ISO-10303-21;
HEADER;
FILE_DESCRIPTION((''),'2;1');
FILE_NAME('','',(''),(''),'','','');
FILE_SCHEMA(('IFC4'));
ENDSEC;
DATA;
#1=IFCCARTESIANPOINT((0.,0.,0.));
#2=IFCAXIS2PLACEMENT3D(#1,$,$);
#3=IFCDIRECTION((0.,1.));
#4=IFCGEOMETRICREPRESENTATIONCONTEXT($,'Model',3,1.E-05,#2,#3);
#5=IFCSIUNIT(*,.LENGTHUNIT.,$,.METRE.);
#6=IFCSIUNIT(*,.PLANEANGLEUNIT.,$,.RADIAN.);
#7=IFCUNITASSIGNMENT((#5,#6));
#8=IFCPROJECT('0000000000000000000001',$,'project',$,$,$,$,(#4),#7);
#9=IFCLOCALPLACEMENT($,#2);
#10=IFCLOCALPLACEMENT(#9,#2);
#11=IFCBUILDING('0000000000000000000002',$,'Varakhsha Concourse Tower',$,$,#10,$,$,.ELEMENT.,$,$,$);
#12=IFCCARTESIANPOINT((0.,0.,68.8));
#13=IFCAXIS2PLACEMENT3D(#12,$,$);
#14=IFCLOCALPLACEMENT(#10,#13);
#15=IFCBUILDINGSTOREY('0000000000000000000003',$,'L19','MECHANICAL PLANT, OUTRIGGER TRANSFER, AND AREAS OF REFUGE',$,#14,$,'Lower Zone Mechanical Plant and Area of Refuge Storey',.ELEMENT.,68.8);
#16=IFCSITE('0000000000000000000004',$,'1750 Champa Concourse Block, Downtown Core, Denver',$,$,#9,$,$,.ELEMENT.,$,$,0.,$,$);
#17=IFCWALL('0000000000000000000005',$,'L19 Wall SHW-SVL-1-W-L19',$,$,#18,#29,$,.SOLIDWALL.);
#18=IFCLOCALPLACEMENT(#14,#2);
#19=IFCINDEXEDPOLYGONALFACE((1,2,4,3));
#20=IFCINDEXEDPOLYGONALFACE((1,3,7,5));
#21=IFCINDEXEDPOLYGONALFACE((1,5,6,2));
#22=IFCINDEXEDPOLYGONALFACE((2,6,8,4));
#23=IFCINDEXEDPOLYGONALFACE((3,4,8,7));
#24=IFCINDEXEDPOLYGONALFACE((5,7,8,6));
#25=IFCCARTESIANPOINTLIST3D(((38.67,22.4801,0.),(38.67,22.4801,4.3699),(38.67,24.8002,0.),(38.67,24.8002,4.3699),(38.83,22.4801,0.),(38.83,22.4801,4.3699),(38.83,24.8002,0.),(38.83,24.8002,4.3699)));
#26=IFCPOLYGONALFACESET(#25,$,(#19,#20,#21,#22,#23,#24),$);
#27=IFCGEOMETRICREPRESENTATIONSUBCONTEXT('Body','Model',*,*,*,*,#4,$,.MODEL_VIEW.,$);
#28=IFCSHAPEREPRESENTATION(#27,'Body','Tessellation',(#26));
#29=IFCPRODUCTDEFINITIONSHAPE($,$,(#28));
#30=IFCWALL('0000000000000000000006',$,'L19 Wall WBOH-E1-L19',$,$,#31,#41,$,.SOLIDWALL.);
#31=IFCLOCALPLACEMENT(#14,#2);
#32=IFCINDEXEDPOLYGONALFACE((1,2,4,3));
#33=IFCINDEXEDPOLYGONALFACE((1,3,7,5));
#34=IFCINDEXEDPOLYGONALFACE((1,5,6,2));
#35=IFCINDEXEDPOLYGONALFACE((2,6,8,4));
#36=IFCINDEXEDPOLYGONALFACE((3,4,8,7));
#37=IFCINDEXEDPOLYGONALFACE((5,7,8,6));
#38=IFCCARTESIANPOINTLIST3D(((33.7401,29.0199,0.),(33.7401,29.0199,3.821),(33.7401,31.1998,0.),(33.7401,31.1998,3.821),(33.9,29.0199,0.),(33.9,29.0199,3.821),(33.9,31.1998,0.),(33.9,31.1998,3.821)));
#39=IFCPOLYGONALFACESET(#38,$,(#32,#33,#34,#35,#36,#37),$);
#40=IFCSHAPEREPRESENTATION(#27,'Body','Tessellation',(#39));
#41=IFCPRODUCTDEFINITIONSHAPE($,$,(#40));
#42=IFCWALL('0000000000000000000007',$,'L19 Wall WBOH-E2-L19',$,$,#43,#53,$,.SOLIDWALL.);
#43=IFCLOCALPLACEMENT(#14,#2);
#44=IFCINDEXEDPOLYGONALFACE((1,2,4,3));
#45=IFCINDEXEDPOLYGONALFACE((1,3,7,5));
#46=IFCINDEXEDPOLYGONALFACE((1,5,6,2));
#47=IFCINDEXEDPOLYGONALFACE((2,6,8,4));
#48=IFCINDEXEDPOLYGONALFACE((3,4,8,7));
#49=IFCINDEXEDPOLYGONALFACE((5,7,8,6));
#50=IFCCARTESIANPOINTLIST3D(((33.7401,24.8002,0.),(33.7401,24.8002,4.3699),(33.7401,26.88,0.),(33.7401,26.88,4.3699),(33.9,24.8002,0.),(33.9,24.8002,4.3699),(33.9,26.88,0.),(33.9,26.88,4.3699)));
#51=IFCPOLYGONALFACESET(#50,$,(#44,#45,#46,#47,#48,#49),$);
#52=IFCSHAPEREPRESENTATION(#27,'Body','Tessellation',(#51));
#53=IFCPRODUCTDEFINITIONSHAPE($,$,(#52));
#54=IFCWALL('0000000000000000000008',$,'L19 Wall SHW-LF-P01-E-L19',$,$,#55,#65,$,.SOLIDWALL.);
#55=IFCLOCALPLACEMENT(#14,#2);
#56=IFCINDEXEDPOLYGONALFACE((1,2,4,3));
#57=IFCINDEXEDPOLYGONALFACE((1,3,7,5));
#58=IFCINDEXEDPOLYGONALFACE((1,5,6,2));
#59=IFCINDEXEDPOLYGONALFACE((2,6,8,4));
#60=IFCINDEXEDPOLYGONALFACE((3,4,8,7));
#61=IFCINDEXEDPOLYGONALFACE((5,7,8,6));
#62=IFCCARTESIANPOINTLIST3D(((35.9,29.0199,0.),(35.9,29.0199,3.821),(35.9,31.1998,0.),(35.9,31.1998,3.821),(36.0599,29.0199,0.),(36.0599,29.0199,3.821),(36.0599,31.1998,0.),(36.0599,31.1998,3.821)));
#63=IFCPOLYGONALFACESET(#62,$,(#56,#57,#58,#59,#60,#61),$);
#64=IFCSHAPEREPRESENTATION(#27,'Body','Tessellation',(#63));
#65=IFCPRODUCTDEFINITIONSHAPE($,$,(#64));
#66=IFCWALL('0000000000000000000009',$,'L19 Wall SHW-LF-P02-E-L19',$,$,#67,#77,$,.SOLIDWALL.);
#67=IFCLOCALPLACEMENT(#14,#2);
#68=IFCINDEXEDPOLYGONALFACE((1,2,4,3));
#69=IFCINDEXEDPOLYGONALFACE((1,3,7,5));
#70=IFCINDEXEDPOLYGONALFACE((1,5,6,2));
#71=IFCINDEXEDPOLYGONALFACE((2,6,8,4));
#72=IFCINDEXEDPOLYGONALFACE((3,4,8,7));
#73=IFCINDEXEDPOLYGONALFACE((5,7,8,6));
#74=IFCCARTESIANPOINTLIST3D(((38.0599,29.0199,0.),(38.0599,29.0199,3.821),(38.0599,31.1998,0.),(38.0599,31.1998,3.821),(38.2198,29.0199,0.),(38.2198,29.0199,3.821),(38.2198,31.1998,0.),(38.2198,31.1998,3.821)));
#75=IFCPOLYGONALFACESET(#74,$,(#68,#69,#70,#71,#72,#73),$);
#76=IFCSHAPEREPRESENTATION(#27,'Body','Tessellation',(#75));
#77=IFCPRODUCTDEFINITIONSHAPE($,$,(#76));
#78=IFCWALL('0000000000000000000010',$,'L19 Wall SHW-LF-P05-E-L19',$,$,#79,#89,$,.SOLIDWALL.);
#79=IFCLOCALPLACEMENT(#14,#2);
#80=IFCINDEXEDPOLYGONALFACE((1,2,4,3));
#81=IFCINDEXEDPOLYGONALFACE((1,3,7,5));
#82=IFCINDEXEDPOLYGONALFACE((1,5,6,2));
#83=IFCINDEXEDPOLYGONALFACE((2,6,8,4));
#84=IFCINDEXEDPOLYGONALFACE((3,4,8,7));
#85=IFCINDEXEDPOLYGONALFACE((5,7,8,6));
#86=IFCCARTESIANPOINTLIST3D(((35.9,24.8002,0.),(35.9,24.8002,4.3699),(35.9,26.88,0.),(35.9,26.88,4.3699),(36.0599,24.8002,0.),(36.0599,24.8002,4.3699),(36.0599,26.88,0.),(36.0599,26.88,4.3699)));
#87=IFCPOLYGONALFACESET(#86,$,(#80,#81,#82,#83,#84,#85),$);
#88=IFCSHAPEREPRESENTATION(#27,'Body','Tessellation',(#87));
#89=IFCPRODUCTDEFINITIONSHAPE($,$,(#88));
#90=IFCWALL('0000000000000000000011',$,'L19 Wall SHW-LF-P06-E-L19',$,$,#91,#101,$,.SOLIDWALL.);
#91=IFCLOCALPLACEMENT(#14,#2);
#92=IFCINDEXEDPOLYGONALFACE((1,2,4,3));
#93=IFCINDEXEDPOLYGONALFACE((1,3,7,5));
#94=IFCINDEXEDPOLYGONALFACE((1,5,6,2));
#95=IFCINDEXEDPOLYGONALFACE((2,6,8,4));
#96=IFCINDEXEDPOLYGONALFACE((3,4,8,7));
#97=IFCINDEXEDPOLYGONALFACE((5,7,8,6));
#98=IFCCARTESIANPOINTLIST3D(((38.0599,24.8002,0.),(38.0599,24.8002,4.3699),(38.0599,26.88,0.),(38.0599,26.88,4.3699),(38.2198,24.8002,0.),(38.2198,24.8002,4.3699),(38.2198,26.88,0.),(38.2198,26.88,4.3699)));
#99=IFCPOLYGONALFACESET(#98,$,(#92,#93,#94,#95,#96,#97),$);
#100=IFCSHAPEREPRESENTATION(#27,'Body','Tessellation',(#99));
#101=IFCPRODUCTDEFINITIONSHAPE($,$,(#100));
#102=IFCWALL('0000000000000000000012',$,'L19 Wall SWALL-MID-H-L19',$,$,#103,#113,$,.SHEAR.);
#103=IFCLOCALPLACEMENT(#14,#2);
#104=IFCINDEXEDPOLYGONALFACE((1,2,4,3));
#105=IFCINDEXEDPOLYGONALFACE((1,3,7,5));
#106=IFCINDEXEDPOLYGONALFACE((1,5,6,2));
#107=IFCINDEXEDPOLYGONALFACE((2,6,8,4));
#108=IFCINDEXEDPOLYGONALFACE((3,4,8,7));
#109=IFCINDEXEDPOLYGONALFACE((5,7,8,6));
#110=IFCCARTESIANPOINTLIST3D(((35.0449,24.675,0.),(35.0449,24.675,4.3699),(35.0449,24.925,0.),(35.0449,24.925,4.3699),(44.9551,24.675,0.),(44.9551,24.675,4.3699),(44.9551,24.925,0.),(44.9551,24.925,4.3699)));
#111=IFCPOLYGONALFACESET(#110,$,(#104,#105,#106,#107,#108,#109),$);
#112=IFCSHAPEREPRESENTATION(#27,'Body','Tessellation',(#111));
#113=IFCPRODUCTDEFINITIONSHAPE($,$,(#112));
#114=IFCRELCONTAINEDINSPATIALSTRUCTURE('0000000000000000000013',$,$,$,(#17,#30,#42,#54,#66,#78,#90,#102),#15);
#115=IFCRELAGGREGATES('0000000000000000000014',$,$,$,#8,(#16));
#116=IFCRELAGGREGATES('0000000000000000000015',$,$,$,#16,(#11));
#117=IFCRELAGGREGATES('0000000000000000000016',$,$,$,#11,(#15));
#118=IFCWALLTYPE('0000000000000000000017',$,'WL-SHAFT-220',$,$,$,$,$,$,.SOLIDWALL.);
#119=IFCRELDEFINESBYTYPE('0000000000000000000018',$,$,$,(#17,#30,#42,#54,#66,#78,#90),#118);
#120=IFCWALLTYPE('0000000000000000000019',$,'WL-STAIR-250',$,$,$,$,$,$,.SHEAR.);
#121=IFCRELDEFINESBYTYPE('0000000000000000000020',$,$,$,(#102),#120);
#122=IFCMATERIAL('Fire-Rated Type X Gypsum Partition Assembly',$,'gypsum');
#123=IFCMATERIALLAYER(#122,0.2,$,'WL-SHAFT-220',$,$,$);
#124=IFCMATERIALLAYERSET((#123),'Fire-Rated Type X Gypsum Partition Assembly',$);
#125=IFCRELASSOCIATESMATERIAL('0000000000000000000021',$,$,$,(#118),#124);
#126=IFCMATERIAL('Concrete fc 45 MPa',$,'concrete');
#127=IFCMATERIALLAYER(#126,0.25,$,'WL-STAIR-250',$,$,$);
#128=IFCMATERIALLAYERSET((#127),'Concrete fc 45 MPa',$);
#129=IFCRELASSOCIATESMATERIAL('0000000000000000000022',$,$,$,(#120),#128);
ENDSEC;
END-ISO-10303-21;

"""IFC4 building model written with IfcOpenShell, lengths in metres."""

from ifc_helpers import new_model, si_unit, direction, frame, frame_2d, origin, place, context, subcontext, project, spatial, rectangle, extrude, material, layer, layer_set, type_object, element, save


model = new_model("IFC4")

# Units and contexts
model_context = context("Model", 3, precision=1e-05, world=origin(), true_north=direction((0.0, 1.0)))
body_context = subcontext(model_context, "Body", "Model", "MODEL_VIEW")
ifc_project = project(units=[si_unit("LENGTHUNIT", "METRE"), si_unit("PLANEANGLEUNIT", "RADIAN")], contexts=[model_context])

# Site, building, storey
site_placement = place(None, origin())
site = spatial("IfcSite", under=ifc_project, at=site_placement, Name="1750 Champa Concourse Block, Downtown Core, Denver", CompositionType="ELEMENT", RefElevation=0.0)
building_placement = place(site_placement, origin())
building = spatial("IfcBuilding", under=site, at=building_placement, Name="Varakhsha Concourse Tower", CompositionType="ELEMENT")
storey_placement = place(building_placement, frame((0.0, 0.0, 68.8)))
storey = spatial("IfcBuildingStorey", under=building, at=storey_placement, Name="L19", Description="MECHANICAL PLANT, OUTRIGGER TRANSFER, AND AREAS OF REFUGE", LongName="Lower Zone Mechanical Plant and Area of Refuge Storey", CompositionType="ELEMENT", Elevation=68.8)

# Shared definitions
ifc_material_1 = material(Name="Fire-Rated Type X Gypsum Partition Assembly", Category="gypsum")

# Shared definitions
ifc_layer_1 = layer(ifc_material_1, 0.2, Name="WL-SHAFT-220")
ifc_layer_set_1 = layer_set([ifc_layer_1], Name="Fire-Rated Type X Gypsum Partition Assembly")
wall_type_1 = type_object("IfcWallType", Name="WL-SHAFT-220", PredefinedType="SOLIDWALL", material=ifc_layer_set_1)

# Wall
for number, where, z_axis, x_axis, name in (
    (1, (38.75, 22.48, 0.0), (0.0, 0.0, 1.0), (0.0, 1.0, 0.0), "L19 Wall SHW-SVL-1-W-L19"),
):
    element("IfcWall", number, at=place(storey_placement, frame(where, z_axis=z_axis, x_axis=x_axis)), inside=storey, type_object=wall_type_1, Name=name, PredefinedType="SOLIDWALL", context=body_context, shape_type="SweptSolid", body=[
        extrude(rectangle(XDim=2.3201, YDim=0.1599, at=frame_2d((1.1602, 0.0))), origin(), (0.0, 0.0, 1.0), 4.3699),
    ])

# Walls
wall_1_placement = place(storey_placement, frame((33.8201, 29.02, 0.0), z_axis=(0.0, 0.0, 1.0), x_axis=(0.0, 1.0, 0.0)))
element("IfcWall", 2, at=wall_1_placement, inside=storey, type_object=wall_type_1, Name="L19 Wall WBOH-E1-L19", PredefinedType="SOLIDWALL", context=body_context, shape_type="SweptSolid", body=[
    extrude(rectangle(XDim=2.1799, YDim=0.1599, at=frame_2d((1.0898, 0.0))), origin(), (0.0, 0.0, 1.0), 3.821),
])
wall_2_placement = place(storey_placement, frame((33.8201, 24.8, 0.0), z_axis=(0.0, 0.0, 1.0), x_axis=(0.0, 1.0, 0.0)))
element("IfcWall", 3, at=wall_2_placement, inside=storey, type_object=wall_type_1, Name="L19 Wall WBOH-E2-L19", PredefinedType="SOLIDWALL", context=body_context, shape_type="SweptSolid", body=[
    extrude(rectangle(XDim=2.0798, YDim=0.1599, at=frame_2d((1.04, 0.0))), origin(), (0.0, 0.0, 1.0), 4.3699),
])
for number, where, z_axis, x_axis, name in (
    (4, (35.98, 29.02, 0.0), (0.0, 0.0, 1.0), (0.0, 1.0, 0.0), "L19 Wall SHW-LF-P01-E-L19"),
    (5, (38.1399, 29.02, 0.0), (0.0, 0.0, 1.0), (0.0, 1.0, 0.0), "L19 Wall SHW-LF-P02-E-L19"),
):
    element("IfcWall", number, at=place(storey_placement, frame(where, z_axis=z_axis, x_axis=x_axis)), inside=storey, type_object=wall_type_1, Name=name, PredefinedType="SOLIDWALL", context=body_context, shape_type="SweptSolid", body=[
        extrude(rectangle(XDim=2.1799, YDim=0.1599, at=frame_2d((1.0898, 0.0))), origin(), (0.0, 0.0, 1.0), 3.821),
    ])
for number, where, z_axis, x_axis, name in (
    (6, (35.98, 24.8, 0.0), (0.0, 0.0, 1.0), (0.0, 1.0, 0.0), "L19 Wall SHW-LF-P05-E-L19"),
    (7, (38.1399, 24.8, 0.0), (0.0, 0.0, 1.0), (0.0, 1.0, 0.0), "L19 Wall SHW-LF-P06-E-L19"),
):
    element("IfcWall", number, at=place(storey_placement, frame(where, z_axis=z_axis, x_axis=x_axis)), inside=storey, type_object=wall_type_1, Name=name, PredefinedType="SOLIDWALL", context=body_context, shape_type="SweptSolid", body=[
        extrude(rectangle(XDim=2.0798, YDim=0.1599, at=frame_2d((1.04, 0.0))), origin(), (0.0, 0.0, 1.0), 4.3699),
    ])
ifc_material_2 = material(Name="Concrete fc 45 MPa", Category="concrete")
ifc_layer_2 = layer(ifc_material_2, 0.25, Name="WL-STAIR-250")
ifc_layer_set_2 = layer_set([ifc_layer_2], Name="Concrete fc 45 MPa")
wall_type_2 = type_object("IfcWallType", Name="WL-STAIR-250", PredefinedType="SHEAR", material=ifc_layer_set_2)
wall_3_placement = place(storey_placement, frame((35.0449, 24.8, 0.0), z_axis=(0.0, 0.0, 1.0), x_axis=(1.0, 0.0, 0.0)))
element("IfcWall", 8, at=wall_3_placement, inside=storey, type_object=wall_type_2, Name="L19 Wall SWALL-MID-H-L19", PredefinedType="SHEAR", context=body_context, shape_type="SweptSolid", body=[
    extrude(rectangle(XDim=9.9102, YDim=0.25, at=frame_2d((4.9551, 0.0))), origin(), (0.0, 0.0, 1.0), 4.3699),
])

save(model, "model.ifc")
